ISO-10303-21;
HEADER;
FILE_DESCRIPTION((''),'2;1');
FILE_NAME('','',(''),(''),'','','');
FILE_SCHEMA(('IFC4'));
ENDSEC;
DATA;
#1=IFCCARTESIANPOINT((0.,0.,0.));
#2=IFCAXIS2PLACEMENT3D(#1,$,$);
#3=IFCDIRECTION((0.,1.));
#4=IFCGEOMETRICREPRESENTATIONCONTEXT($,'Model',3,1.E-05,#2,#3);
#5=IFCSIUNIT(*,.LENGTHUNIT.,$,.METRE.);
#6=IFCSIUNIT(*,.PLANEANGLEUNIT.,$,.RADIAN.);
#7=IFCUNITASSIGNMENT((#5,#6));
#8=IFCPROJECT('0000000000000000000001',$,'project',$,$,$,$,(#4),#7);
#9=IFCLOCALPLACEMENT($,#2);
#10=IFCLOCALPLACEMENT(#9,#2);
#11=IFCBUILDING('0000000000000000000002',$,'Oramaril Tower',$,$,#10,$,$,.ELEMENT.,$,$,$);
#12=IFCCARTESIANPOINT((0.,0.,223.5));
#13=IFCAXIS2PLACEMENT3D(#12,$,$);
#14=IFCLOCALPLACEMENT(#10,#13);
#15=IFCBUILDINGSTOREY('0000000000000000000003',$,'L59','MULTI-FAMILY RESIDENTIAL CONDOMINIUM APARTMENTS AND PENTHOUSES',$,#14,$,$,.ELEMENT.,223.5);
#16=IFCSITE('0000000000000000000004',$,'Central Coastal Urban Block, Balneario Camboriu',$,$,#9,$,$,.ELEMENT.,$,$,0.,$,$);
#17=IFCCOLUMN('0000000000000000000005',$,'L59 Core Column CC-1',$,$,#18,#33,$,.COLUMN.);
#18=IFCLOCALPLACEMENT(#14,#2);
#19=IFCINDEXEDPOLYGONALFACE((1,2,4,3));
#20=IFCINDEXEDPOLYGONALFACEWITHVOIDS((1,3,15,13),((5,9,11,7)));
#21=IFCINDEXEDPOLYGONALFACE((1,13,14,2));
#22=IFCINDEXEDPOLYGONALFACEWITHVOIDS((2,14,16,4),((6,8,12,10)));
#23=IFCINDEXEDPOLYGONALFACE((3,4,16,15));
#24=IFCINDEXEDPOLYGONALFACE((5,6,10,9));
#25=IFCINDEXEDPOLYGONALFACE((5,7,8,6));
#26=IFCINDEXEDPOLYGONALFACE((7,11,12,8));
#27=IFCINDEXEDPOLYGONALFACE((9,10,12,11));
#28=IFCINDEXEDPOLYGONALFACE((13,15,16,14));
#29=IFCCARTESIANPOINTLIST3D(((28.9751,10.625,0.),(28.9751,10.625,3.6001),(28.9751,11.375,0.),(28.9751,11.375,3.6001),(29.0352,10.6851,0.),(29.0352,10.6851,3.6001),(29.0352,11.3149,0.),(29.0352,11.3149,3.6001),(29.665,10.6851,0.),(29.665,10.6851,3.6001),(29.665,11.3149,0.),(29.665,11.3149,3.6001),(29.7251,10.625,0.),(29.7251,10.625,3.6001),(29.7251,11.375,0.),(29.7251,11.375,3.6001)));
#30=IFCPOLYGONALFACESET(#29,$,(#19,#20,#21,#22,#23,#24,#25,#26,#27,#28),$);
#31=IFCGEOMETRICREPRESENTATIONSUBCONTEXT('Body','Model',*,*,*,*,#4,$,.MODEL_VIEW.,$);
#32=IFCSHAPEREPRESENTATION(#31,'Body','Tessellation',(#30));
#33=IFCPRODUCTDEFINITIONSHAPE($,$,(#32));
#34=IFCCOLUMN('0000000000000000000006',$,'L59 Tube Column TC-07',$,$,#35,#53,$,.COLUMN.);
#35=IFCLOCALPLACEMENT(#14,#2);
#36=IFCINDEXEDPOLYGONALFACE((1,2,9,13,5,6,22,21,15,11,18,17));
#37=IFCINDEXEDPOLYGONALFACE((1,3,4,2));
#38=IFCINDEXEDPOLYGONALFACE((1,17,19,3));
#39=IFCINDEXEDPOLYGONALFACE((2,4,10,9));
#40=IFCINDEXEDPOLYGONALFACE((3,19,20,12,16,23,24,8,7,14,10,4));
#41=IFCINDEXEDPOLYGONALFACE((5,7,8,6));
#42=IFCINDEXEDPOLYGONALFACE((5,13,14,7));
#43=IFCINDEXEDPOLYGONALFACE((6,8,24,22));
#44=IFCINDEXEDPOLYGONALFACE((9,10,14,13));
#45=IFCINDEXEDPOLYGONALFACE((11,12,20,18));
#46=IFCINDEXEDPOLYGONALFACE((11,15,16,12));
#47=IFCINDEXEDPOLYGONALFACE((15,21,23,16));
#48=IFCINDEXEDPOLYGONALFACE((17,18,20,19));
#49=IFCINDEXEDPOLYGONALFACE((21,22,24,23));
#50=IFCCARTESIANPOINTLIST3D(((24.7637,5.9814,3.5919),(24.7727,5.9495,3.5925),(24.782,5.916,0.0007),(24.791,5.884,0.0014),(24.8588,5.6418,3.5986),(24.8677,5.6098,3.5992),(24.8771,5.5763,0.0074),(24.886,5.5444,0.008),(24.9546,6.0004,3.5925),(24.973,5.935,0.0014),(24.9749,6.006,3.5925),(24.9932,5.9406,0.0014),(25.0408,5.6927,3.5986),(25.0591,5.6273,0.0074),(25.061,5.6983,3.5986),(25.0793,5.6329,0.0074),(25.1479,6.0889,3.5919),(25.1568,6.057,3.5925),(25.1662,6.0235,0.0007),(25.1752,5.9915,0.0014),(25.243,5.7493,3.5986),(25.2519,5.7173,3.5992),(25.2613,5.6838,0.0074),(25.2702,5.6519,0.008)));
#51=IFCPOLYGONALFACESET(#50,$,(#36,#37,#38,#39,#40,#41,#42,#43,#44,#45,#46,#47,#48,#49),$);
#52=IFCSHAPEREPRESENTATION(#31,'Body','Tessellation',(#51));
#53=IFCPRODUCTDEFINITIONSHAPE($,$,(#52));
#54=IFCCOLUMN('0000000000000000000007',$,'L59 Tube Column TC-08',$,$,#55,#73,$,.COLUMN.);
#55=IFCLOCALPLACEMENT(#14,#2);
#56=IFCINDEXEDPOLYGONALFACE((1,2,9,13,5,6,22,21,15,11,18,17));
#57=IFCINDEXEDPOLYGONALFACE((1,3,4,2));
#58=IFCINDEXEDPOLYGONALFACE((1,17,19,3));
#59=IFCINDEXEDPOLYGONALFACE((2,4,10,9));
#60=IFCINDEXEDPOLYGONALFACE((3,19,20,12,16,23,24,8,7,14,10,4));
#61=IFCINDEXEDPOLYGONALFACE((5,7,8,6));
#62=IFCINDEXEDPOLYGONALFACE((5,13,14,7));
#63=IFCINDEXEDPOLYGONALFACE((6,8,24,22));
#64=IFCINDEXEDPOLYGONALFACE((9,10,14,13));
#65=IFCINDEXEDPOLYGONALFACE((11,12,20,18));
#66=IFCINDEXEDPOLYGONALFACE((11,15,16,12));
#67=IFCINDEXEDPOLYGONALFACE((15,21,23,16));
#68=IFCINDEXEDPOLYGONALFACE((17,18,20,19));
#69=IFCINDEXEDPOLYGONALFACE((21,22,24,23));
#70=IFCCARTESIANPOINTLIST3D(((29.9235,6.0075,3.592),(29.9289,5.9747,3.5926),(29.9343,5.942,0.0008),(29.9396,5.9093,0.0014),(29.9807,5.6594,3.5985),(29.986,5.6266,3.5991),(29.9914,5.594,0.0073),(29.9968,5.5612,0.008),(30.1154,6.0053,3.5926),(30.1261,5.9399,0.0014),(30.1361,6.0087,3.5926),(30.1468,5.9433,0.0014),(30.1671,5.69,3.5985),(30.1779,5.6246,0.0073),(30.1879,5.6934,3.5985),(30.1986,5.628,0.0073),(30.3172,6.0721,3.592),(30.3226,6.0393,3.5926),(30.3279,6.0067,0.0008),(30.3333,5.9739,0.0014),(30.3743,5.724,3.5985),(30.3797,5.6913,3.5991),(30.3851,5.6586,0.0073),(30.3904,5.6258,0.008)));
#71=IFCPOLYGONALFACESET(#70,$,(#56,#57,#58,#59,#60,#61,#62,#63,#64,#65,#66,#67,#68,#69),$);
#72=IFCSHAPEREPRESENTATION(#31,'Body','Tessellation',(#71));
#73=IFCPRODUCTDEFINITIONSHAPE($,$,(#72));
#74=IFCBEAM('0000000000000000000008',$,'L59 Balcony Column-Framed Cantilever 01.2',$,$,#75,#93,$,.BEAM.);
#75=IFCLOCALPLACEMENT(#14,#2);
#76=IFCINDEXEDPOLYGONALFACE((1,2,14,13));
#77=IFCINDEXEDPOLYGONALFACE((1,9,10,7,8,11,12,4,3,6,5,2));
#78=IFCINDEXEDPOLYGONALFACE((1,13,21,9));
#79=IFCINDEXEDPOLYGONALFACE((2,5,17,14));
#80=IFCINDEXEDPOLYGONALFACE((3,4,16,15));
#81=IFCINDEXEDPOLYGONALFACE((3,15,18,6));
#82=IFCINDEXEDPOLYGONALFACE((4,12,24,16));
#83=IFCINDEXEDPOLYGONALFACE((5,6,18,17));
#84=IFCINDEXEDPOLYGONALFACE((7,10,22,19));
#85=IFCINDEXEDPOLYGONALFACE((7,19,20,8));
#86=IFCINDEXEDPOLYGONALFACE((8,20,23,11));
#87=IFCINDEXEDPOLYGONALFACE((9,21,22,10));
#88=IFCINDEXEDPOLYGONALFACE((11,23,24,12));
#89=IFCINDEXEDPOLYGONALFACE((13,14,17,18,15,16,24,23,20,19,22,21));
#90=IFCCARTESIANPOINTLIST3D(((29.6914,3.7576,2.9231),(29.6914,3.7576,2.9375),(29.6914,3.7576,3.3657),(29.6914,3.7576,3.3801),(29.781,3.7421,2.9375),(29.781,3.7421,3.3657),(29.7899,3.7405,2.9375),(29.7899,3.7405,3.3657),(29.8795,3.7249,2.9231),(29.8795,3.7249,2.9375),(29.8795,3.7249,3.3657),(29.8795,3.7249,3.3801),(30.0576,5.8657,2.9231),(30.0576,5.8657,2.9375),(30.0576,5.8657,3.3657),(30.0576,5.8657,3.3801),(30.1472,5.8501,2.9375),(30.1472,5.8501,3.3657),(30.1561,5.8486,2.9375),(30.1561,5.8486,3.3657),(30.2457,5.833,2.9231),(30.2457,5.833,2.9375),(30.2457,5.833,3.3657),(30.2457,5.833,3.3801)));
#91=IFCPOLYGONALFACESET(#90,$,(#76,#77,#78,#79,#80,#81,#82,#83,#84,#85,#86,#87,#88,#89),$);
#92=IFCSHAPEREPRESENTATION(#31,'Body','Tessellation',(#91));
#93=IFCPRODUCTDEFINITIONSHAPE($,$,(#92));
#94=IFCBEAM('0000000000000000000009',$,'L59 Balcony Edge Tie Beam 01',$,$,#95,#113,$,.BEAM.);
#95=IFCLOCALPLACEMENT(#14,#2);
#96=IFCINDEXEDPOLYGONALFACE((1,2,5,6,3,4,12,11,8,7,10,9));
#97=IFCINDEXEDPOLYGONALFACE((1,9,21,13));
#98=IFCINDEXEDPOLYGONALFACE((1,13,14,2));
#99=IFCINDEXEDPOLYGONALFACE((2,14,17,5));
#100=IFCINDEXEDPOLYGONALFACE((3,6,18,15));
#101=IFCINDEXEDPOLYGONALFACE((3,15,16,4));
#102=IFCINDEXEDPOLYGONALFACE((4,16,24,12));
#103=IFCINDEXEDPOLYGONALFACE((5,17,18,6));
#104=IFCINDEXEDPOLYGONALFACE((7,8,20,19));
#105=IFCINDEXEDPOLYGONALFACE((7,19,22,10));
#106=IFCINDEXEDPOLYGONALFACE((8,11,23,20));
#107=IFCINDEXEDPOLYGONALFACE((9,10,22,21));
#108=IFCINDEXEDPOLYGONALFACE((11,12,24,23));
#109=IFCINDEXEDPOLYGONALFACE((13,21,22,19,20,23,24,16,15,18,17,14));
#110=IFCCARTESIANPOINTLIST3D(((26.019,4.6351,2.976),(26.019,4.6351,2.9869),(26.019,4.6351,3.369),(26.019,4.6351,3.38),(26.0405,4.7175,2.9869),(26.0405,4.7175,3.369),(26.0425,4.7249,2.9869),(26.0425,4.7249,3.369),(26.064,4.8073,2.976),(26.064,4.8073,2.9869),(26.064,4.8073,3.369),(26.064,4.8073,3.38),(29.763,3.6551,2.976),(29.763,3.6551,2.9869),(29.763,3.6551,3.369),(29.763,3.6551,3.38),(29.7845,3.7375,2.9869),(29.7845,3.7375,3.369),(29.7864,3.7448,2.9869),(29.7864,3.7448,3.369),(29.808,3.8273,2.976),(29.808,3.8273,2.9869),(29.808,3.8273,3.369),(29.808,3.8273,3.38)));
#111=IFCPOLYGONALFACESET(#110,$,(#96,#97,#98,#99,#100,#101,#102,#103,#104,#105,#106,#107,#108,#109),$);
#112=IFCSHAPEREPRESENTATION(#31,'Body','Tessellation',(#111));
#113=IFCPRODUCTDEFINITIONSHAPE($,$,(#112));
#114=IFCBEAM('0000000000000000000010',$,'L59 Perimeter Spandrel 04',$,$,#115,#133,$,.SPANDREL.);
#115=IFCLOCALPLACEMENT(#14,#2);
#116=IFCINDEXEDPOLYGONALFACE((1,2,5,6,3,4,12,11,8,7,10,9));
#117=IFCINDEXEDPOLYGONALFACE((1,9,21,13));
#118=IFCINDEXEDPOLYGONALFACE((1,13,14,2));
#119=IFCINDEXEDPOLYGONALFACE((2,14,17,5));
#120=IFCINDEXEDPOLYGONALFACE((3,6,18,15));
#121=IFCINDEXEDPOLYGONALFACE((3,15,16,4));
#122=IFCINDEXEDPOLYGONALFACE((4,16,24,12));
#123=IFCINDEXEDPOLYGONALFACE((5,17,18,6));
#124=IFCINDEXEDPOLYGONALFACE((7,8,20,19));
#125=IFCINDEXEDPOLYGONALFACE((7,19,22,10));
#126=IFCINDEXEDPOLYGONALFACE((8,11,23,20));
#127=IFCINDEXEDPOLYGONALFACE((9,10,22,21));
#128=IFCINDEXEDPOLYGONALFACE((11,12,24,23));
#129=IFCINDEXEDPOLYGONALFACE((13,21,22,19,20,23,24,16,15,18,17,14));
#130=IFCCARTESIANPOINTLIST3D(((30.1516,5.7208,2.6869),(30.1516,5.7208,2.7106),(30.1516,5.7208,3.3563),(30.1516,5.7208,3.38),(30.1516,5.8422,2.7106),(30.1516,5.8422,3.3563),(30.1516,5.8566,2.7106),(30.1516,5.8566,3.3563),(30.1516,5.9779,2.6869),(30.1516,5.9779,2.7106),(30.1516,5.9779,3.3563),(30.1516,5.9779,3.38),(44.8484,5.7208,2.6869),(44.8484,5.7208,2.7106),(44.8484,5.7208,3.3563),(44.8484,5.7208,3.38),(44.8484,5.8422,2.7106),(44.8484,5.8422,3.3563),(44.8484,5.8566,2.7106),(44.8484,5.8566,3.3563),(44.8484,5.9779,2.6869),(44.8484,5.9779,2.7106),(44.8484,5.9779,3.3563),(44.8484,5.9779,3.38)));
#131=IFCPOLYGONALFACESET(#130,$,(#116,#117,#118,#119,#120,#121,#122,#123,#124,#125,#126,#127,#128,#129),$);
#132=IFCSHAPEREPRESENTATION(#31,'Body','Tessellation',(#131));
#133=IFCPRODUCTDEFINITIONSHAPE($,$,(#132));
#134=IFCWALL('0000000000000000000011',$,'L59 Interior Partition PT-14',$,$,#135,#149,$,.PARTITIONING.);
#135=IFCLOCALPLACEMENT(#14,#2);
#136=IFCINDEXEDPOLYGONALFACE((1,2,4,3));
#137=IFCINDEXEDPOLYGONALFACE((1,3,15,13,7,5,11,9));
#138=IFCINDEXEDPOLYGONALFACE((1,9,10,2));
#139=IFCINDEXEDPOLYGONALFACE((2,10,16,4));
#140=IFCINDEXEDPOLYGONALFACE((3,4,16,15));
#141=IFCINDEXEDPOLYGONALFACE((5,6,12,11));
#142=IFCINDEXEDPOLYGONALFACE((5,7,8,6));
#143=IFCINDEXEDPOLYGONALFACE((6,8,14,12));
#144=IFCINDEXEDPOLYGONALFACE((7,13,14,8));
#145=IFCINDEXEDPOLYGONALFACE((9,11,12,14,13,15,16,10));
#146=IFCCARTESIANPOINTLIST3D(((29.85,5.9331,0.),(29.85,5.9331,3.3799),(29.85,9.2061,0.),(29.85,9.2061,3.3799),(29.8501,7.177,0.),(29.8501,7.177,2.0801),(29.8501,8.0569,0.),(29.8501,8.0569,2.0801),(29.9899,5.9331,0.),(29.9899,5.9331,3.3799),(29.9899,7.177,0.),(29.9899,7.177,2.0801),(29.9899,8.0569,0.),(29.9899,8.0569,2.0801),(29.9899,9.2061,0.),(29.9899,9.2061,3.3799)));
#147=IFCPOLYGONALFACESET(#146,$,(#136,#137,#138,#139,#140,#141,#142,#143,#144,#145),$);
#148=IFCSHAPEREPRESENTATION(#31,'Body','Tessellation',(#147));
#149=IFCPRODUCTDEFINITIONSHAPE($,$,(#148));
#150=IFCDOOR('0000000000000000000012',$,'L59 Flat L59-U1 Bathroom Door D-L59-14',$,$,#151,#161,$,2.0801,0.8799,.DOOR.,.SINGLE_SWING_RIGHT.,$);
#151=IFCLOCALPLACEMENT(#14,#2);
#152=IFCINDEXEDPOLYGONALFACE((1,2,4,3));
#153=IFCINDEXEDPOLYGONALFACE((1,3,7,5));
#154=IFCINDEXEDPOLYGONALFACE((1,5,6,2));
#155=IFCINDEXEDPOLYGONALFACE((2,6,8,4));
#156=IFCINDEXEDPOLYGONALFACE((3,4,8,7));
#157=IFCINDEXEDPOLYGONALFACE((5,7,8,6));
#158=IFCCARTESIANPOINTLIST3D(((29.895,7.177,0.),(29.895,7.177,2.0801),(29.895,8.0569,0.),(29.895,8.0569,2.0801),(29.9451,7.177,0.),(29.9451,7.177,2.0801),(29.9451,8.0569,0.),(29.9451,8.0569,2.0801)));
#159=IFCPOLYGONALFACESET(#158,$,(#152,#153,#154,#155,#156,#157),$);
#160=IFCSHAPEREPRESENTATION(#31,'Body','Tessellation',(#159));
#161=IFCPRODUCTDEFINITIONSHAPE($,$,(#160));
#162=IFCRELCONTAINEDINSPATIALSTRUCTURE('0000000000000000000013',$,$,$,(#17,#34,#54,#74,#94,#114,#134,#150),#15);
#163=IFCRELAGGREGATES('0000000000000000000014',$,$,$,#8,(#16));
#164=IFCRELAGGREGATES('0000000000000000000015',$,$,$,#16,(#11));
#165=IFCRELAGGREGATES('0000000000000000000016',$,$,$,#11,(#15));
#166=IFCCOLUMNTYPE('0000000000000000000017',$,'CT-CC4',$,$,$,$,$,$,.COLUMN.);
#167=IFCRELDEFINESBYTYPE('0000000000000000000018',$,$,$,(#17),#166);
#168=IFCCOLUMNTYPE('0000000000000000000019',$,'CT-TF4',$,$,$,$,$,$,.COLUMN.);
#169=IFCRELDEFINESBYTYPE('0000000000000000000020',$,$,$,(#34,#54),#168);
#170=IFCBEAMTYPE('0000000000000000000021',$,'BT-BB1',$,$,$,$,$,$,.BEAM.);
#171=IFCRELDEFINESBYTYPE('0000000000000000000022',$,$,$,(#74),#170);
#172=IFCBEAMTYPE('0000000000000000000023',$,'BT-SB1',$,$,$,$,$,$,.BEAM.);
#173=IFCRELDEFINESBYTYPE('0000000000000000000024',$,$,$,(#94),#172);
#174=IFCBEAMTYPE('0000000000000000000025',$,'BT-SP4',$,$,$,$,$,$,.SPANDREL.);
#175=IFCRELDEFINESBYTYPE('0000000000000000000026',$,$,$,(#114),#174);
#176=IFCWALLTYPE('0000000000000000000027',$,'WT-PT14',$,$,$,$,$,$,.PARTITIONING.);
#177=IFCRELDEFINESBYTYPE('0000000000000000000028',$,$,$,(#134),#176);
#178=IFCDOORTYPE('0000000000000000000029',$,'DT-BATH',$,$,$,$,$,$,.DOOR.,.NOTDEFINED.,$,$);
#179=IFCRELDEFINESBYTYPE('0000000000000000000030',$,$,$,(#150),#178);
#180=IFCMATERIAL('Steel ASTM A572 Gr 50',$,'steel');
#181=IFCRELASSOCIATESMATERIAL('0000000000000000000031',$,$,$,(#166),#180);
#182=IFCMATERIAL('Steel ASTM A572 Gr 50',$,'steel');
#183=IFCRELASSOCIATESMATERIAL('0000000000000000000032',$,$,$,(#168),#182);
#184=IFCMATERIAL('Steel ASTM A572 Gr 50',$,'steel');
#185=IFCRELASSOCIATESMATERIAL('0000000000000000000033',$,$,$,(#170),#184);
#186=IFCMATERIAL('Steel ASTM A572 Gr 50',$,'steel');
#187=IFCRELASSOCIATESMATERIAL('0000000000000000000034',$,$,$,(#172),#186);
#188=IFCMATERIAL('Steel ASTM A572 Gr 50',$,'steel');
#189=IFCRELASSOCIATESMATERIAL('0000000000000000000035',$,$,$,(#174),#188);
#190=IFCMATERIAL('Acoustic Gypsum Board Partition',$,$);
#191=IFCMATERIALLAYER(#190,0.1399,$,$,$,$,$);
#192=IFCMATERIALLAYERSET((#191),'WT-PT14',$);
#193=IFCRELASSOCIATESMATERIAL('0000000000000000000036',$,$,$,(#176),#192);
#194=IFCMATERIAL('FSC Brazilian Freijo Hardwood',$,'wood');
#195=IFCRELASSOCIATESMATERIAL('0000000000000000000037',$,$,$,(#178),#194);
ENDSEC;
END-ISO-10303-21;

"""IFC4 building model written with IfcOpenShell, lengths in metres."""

from ifc_helpers import new_model, si_unit, direction, frame, frame_2d, origin, origin_2d, place, context, subcontext, project, spatial, rectangle, hollow_rectangle, i_section, extrude, material, layer, layer_set, material_profile, profile_set, type_object, element, fill, save


model = new_model("IFC4")

# Units and contexts
model_context = context("Model", 3, precision=1e-05, world=origin(), true_north=direction((0.0, 1.0)))
body_context = subcontext(model_context, "Body", "Model", "MODEL_VIEW")
ifc_project = project(units=[si_unit("LENGTHUNIT", "METRE"), si_unit("PLANEANGLEUNIT", "RADIAN")], contexts=[model_context])

# Site, building, storey
site_placement = place(None, origin())
site = spatial("IfcSite", under=ifc_project, at=site_placement, Name="Central Coastal Urban Block, Balneario Camboriu", CompositionType="ELEMENT", RefElevation=0.0)
building_placement = place(site_placement, origin())
building = spatial("IfcBuilding", under=site, at=building_placement, Name="Oramaril Tower", CompositionType="ELEMENT")
storey_placement = place(building_placement, frame((0.0, 0.0, 223.5)))
storey = spatial("IfcBuildingStorey", under=building, at=storey_placement, Name="L59", Description="MULTI-FAMILY RESIDENTIAL CONDOMINIUM APARTMENTS AND PENTHOUSES", CompositionType="ELEMENT", Elevation=223.5)

# Columns
ifc_material_1 = material(Name="Steel ASTM A572 Gr 50", Category="steel")
ifc_material_profile_1 = material_profile(ifc_material_1, hollow_rectangle(XDim=0.75, YDim=0.75, WallThickness=0.0601, at=origin_2d()), Name="BOX750X750X60")
ifc_profile_set_1 = profile_set([ifc_material_profile_1], Name="Steel ASTM A572 Gr 50")
column_type_1 = type_object("IfcColumnType", Name="CT-CC4", PredefinedType="COLUMN", material=ifc_profile_set_1)
column_placement = place(storey_placement, frame((29.3501, 11.0, 0.0), z_axis=(0.0, 0.0, 1.0), x_axis=(1.0, 0.0, 0.0)))
element("IfcColumn", 1, at=column_placement, inside=storey, type_object=column_type_1, Name="L59 Core Column CC-1", PredefinedType="COLUMN", context=body_context, shape_type="SweptSolid", body=[
    extrude(hollow_rectangle(XDim=0.75, YDim=0.75, WallThickness=0.0601, at=origin_2d()), origin(), (0.0, 0.0, 1.0), 3.6001),
])
ifc_material_2 = material(Name="Steel ASTM A572 Gr 50", Category="steel")
ifc_material_profile_2 = material_profile(ifc_material_2, i_section(OverallWidth=0.3989, OverallDepth=0.386, WebThickness=0.021, FlangeThickness=0.0332, at=origin_2d()), Name="W14X176")
ifc_profile_set_2 = profile_set([ifc_material_profile_2], Name="Steel ASTM A572 Gr 50")
column_type_2 = type_object("IfcColumnType", Name="CT-TF4", PredefinedType="COLUMN", material=ifc_profile_set_2)
for number, where, z_axis, x_axis, name in (
    (2, (25.0261, 5.7839, 0.0044), (-0.005098, 0.018217, 0.999821), (-0.963001, -0.269497, 0.0), "L59 Tube Column TC-07"),
    (3, (30.1624, 5.7839, 0.0044), (-0.002991, 0.018217, 0.99983), (-0.986789, -0.16201, 0.0), "L59 Tube Column TC-08"),
):
    element("IfcColumn", number, at=place(storey_placement, frame(where, z_axis=z_axis, x_axis=x_axis)), inside=storey, type_object=column_type_2, Name=name, PredefinedType="COLUMN", context=body_context, shape_type="SweptSolid", body=[
        extrude(i_section(OverallWidth=0.3989, OverallDepth=0.386, WebThickness=0.021, FlangeThickness=0.0332, at=origin_2d()), origin(), (0.0, 0.0, 1.0), 3.5918),
    ])

# Beams
ifc_material_3 = material(Name="Steel ASTM A572 Gr 50", Category="steel")
ifc_material_profile_3 = material_profile(ifc_material_3, i_section(OverallWidth=0.1909, OverallDepth=0.457, WebThickness=0.009, FlangeThickness=0.0144, at=origin_2d()), Name="W18X50")
ifc_profile_set_3 = profile_set([ifc_material_profile_3], Name="Steel ASTM A572 Gr 50")
beam_type_1 = type_object("IfcBeamType", Name="BT-BB1", PredefinedType="BEAM", material=ifc_profile_set_3)
beam_1_placement = place(storey_placement, frame((30.1516, 5.8494, 3.1516), z_axis=(-0.171149, -0.985245, 0.0), x_axis=(0.985245, -0.171149, 0.0)))
element("IfcBeam", 4, at=beam_1_placement, inside=storey, type_object=beam_type_1, Name="L59 Balcony Column-Framed Cantilever 01.2", PredefinedType="BEAM", context=body_context, shape_type="SweptSolid", body=[
    extrude(i_section(OverallWidth=0.1909, OverallDepth=0.457, WebThickness=0.009, FlangeThickness=0.0144, at=origin_2d()), origin(), (0.0, 0.0, 1.0), 2.1396),
])
ifc_material_4 = material(Name="Steel ASTM A572 Gr 50", Category="steel")
ifc_material_profile_4 = material_profile(ifc_material_4, i_section(OverallWidth=0.178, OverallDepth=0.4041, WebThickness=0.0076, FlangeThickness=0.011, at=origin_2d()), Name="W16X36")
ifc_profile_set_4 = profile_set([ifc_material_profile_4], Name="Steel ASTM A572 Gr 50")
beam_type_2 = type_object("IfcBeamType", Name="BT-SB1", PredefinedType="BEAM", material=ifc_profile_set_4)
beam_2_placement = place(storey_placement, frame((26.0415, 4.7212, 3.178), z_axis=(0.967408, -0.253223, 0.0), x_axis=(0.253223, 0.967408, 0.0)))
element("IfcBeam", 5, at=beam_2_placement, inside=storey, type_object=beam_type_2, Name="L59 Balcony Edge Tie Beam 01", PredefinedType="BEAM", context=body_context, shape_type="SweptSolid", body=[
    extrude(i_section(OverallWidth=0.178, OverallDepth=0.4041, WebThickness=0.0076, FlangeThickness=0.011, at=origin_2d()), origin(), (0.0, 0.0, 1.0), 3.8701),
])
ifc_material_5 = material(Name="Steel ASTM A572 Gr 50", Category="steel")
ifc_material_profile_5 = material_profile(ifc_material_5, i_section(OverallWidth=0.2571, OverallDepth=0.6931, WebThickness=0.0144, FlangeThickness=0.0237, at=origin_2d()), Name="W27X114")
ifc_profile_set_5 = profile_set([ifc_material_profile_5], Name="Steel ASTM A572 Gr 50")
beam_type_3 = type_object("IfcBeamType", Name="BT-SP4", PredefinedType="SPANDREL", material=ifc_profile_set_5)
beam_3_placement = place(storey_placement, frame((30.1516, 5.8494, 3.0334), z_axis=(1.0, 0.0, 0.0), x_axis=(0.0, 1.0, 0.0)))
element("IfcBeam", 6, at=beam_3_placement, inside=storey, type_object=beam_type_3, Name="L59 Perimeter Spandrel 04", PredefinedType="SPANDREL", context=body_context, shape_type="SweptSolid", body=[
    extrude(i_section(OverallWidth=0.2571, OverallDepth=0.6931, WebThickness=0.0144, FlangeThickness=0.0237, at=origin_2d()), origin(), (0.0, 0.0, 1.0), 14.6968),
])

# Wall, opening, door
ifc_material_6 = material(Name="Acoustic Gypsum Board Partition")
ifc_layer_1 = layer(ifc_material_6, 0.1399)
ifc_layer_set_1 = layer_set([ifc_layer_1], Name="WT-PT14")
wall_type_1 = type_object("IfcWallType", Name="WT-PT14", PredefinedType="PARTITIONING", material=ifc_layer_set_1)
wall_1_placement = place(storey_placement, frame((29.9199, 5.9331, 0.0), z_axis=(0.0, 0.0, 1.0), x_axis=(0.0, 1.0, 0.0)))
wall_1 = element("IfcWall", 7, at=wall_1_placement, inside=storey, type_object=wall_type_1, Name="L59 Interior Partition PT-14", PredefinedType="PARTITIONING", context=body_context, shape_type="SweptSolid", body=[
    extrude(rectangle(XDim=3.2729, YDim=0.1399, at=frame_2d((1.6365, 0.0))), origin(), (0.0, 0.0, 1.0), 3.3799),
])
opening_1_placement = place(wall_1_placement, frame((1.2439, 0.0, 0.0)))
opening_1 = element("IfcOpeningElement", 8, at=opening_1_placement, cuts=wall_1, PredefinedType="OPENING", context=body_context, shape_type="SweptSolid", body=[
    extrude(rectangle(XDim=0.8799, YDim=2.0801, at=frame_2d((0.4399, 1.04))), frame((0.0, 0.0698, 0.0), z_axis=(0.0, -1.0, 0.0), x_axis=(1.0, 0.0, 0.0)), (0.0, 0.0, 1.0), 0.1399),
])
ifc_material_7 = material(Name="FSC Brazilian Freijo Hardwood", Category="wood")
door_type_1 = type_object("IfcDoorType", Name="DT-BATH", OperationType="NOTDEFINED", PredefinedType="DOOR", material=ifc_material_7)
door_1_placement = place(opening_1_placement, origin())
door_1 = element("IfcDoor", 9, at=door_1_placement, inside=storey, type_object=door_type_1, Name="L59 Flat L59-U1 Bathroom Door D-L59-14", OperationType="SINGLE_SWING_RIGHT", OverallHeight=2.0801, OverallWidth=0.8799, PredefinedType="DOOR", context=body_context, shape_type="SweptSolid", body=[
    extrude(rectangle(XDim=0.8799, YDim=2.0801, at=frame_2d((0.4399, 1.04))), frame((0.0, 0.0249, 0.0), z_axis=(0.0, -1.0, 0.0), x_axis=(1.0, 0.0, 0.0)), (0.0, 0.0, 1.0), 0.05),
])
fill(opening_1, door_1)

save(model, "model.ifc")
